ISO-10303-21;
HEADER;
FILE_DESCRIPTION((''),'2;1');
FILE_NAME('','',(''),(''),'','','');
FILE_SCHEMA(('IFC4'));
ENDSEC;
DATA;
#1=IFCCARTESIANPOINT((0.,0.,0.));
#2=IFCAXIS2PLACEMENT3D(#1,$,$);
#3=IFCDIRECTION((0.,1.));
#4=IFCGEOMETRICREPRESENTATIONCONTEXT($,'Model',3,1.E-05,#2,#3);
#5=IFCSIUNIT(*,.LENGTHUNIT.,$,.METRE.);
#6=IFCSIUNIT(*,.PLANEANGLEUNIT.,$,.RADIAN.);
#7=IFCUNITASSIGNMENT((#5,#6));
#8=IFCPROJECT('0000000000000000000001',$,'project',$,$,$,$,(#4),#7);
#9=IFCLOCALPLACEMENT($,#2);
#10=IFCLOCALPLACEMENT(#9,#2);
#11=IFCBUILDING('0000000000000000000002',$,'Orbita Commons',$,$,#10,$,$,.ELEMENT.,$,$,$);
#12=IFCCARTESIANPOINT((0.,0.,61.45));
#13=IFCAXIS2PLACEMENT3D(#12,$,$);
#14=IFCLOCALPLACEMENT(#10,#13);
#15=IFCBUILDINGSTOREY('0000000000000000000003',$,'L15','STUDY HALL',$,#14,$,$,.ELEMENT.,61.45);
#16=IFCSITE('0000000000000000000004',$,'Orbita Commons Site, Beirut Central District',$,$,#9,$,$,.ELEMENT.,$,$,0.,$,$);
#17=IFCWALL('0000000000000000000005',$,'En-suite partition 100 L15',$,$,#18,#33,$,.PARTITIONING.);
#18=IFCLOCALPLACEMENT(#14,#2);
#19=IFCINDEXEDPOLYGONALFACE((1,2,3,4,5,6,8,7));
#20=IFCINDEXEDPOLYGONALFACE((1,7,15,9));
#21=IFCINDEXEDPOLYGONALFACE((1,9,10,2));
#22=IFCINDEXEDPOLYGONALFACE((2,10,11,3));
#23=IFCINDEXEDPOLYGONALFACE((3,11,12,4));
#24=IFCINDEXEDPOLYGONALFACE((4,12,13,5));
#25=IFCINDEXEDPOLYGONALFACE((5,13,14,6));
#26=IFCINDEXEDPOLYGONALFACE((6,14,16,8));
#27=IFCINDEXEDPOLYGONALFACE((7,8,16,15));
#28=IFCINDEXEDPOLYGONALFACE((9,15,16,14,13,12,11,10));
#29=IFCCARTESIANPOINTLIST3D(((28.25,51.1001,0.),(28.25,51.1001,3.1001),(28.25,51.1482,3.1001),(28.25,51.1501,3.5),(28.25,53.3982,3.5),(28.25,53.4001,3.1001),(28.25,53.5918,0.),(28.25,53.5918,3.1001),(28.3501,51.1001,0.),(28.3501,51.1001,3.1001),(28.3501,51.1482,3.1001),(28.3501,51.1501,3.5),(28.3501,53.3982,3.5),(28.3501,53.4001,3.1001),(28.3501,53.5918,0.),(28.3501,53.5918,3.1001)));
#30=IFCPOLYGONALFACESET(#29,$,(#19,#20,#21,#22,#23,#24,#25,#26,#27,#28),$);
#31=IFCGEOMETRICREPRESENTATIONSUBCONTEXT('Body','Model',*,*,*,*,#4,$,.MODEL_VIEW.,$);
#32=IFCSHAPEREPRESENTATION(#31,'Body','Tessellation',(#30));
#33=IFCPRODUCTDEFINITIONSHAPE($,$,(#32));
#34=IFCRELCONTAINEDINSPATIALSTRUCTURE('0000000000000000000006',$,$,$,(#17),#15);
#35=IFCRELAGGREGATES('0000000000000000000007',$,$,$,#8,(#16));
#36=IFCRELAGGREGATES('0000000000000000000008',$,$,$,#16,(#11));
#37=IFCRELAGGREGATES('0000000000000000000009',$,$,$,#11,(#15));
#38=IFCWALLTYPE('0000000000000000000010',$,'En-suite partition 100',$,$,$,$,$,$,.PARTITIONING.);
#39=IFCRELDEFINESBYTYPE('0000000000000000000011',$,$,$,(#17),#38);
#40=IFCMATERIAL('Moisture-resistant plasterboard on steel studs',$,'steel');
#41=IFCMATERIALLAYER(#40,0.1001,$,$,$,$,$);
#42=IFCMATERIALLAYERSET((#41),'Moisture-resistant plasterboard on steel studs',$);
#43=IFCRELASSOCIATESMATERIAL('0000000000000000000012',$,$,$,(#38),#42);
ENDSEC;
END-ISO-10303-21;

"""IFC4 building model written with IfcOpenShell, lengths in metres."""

from ifc_helpers import new_model, si_unit, direction, frame, origin, place, context, subcontext, project, spatial, polyline, outline, extrude, material, layer, layer_set, type_object, element, save


model = new_model("IFC4")

# Units and contexts
model_context = context("Model", 3, precision=1e-05, world=origin(), true_north=direction((0.0, 1.0)))
body_context = subcontext(model_context, "Body", "Model", "MODEL_VIEW")
ifc_project = project(units=[si_unit("LENGTHUNIT", "METRE"), si_unit("PLANEANGLEUNIT", "RADIAN")], contexts=[model_context])

# Site, building, storey
site_placement = place(None, origin())
site = spatial("IfcSite", under=ifc_project, at=site_placement, Name="Orbita Commons Site, Beirut Central District", CompositionType="ELEMENT", RefElevation=0.0)
building_placement = place(site_placement, origin())
building = spatial("IfcBuilding", under=site, at=building_placement, Name="Orbita Commons", CompositionType="ELEMENT")
storey_placement = place(building_placement, frame((0.0, 0.0, 61.45)))
storey = spatial("IfcBuildingStorey", under=building, at=storey_placement, Name="L15", Description="STUDY HALL", CompositionType="ELEMENT", Elevation=61.45)

# Shared definitions
ifc_material_1 = material(Name="Moisture-resistant plasterboard on steel studs", Category="steel")
ifc_layer_1 = layer(ifc_material_1, 0.1001)
ifc_layer_set_1 = layer_set([ifc_layer_1], Name="Moisture-resistant plasterboard on steel studs")
wall_type_1 = type_object("IfcWallType", Name="En-suite partition 100", PredefinedType="PARTITIONING", material=ifc_layer_set_1)

# Wall
wall_1_placement = place(storey_placement, frame((28.3, 53.5918, 0.0), z_axis=(0.0, 0.0, 1.0), x_axis=(0.0, -1.0, 0.0)))
element("IfcWall", 1, at=wall_1_placement, inside=storey, type_object=wall_type_1, Name="En-suite partition 100 L15", PredefinedType="PARTITIONING", context=body_context, shape_type="SweptSolid", body=[
    extrude(outline(polyline([(0.0, 0.0), (2.4917, 0.0), (2.4917, 3.1001), (2.4436, 3.1001), (2.4417, 3.5), (0.1936, 3.5), (0.1917, 3.1001), (0.0, 3.1001), (0.0, 0.0)])), frame((0.0, 0.05, 0.0), z_axis=(0.0, -1.0, 0.0), x_axis=(1.0, 0.0, 0.0)), (0.0, 0.0, 1.0), 0.1001),
])

save(model, "model.ifc")
